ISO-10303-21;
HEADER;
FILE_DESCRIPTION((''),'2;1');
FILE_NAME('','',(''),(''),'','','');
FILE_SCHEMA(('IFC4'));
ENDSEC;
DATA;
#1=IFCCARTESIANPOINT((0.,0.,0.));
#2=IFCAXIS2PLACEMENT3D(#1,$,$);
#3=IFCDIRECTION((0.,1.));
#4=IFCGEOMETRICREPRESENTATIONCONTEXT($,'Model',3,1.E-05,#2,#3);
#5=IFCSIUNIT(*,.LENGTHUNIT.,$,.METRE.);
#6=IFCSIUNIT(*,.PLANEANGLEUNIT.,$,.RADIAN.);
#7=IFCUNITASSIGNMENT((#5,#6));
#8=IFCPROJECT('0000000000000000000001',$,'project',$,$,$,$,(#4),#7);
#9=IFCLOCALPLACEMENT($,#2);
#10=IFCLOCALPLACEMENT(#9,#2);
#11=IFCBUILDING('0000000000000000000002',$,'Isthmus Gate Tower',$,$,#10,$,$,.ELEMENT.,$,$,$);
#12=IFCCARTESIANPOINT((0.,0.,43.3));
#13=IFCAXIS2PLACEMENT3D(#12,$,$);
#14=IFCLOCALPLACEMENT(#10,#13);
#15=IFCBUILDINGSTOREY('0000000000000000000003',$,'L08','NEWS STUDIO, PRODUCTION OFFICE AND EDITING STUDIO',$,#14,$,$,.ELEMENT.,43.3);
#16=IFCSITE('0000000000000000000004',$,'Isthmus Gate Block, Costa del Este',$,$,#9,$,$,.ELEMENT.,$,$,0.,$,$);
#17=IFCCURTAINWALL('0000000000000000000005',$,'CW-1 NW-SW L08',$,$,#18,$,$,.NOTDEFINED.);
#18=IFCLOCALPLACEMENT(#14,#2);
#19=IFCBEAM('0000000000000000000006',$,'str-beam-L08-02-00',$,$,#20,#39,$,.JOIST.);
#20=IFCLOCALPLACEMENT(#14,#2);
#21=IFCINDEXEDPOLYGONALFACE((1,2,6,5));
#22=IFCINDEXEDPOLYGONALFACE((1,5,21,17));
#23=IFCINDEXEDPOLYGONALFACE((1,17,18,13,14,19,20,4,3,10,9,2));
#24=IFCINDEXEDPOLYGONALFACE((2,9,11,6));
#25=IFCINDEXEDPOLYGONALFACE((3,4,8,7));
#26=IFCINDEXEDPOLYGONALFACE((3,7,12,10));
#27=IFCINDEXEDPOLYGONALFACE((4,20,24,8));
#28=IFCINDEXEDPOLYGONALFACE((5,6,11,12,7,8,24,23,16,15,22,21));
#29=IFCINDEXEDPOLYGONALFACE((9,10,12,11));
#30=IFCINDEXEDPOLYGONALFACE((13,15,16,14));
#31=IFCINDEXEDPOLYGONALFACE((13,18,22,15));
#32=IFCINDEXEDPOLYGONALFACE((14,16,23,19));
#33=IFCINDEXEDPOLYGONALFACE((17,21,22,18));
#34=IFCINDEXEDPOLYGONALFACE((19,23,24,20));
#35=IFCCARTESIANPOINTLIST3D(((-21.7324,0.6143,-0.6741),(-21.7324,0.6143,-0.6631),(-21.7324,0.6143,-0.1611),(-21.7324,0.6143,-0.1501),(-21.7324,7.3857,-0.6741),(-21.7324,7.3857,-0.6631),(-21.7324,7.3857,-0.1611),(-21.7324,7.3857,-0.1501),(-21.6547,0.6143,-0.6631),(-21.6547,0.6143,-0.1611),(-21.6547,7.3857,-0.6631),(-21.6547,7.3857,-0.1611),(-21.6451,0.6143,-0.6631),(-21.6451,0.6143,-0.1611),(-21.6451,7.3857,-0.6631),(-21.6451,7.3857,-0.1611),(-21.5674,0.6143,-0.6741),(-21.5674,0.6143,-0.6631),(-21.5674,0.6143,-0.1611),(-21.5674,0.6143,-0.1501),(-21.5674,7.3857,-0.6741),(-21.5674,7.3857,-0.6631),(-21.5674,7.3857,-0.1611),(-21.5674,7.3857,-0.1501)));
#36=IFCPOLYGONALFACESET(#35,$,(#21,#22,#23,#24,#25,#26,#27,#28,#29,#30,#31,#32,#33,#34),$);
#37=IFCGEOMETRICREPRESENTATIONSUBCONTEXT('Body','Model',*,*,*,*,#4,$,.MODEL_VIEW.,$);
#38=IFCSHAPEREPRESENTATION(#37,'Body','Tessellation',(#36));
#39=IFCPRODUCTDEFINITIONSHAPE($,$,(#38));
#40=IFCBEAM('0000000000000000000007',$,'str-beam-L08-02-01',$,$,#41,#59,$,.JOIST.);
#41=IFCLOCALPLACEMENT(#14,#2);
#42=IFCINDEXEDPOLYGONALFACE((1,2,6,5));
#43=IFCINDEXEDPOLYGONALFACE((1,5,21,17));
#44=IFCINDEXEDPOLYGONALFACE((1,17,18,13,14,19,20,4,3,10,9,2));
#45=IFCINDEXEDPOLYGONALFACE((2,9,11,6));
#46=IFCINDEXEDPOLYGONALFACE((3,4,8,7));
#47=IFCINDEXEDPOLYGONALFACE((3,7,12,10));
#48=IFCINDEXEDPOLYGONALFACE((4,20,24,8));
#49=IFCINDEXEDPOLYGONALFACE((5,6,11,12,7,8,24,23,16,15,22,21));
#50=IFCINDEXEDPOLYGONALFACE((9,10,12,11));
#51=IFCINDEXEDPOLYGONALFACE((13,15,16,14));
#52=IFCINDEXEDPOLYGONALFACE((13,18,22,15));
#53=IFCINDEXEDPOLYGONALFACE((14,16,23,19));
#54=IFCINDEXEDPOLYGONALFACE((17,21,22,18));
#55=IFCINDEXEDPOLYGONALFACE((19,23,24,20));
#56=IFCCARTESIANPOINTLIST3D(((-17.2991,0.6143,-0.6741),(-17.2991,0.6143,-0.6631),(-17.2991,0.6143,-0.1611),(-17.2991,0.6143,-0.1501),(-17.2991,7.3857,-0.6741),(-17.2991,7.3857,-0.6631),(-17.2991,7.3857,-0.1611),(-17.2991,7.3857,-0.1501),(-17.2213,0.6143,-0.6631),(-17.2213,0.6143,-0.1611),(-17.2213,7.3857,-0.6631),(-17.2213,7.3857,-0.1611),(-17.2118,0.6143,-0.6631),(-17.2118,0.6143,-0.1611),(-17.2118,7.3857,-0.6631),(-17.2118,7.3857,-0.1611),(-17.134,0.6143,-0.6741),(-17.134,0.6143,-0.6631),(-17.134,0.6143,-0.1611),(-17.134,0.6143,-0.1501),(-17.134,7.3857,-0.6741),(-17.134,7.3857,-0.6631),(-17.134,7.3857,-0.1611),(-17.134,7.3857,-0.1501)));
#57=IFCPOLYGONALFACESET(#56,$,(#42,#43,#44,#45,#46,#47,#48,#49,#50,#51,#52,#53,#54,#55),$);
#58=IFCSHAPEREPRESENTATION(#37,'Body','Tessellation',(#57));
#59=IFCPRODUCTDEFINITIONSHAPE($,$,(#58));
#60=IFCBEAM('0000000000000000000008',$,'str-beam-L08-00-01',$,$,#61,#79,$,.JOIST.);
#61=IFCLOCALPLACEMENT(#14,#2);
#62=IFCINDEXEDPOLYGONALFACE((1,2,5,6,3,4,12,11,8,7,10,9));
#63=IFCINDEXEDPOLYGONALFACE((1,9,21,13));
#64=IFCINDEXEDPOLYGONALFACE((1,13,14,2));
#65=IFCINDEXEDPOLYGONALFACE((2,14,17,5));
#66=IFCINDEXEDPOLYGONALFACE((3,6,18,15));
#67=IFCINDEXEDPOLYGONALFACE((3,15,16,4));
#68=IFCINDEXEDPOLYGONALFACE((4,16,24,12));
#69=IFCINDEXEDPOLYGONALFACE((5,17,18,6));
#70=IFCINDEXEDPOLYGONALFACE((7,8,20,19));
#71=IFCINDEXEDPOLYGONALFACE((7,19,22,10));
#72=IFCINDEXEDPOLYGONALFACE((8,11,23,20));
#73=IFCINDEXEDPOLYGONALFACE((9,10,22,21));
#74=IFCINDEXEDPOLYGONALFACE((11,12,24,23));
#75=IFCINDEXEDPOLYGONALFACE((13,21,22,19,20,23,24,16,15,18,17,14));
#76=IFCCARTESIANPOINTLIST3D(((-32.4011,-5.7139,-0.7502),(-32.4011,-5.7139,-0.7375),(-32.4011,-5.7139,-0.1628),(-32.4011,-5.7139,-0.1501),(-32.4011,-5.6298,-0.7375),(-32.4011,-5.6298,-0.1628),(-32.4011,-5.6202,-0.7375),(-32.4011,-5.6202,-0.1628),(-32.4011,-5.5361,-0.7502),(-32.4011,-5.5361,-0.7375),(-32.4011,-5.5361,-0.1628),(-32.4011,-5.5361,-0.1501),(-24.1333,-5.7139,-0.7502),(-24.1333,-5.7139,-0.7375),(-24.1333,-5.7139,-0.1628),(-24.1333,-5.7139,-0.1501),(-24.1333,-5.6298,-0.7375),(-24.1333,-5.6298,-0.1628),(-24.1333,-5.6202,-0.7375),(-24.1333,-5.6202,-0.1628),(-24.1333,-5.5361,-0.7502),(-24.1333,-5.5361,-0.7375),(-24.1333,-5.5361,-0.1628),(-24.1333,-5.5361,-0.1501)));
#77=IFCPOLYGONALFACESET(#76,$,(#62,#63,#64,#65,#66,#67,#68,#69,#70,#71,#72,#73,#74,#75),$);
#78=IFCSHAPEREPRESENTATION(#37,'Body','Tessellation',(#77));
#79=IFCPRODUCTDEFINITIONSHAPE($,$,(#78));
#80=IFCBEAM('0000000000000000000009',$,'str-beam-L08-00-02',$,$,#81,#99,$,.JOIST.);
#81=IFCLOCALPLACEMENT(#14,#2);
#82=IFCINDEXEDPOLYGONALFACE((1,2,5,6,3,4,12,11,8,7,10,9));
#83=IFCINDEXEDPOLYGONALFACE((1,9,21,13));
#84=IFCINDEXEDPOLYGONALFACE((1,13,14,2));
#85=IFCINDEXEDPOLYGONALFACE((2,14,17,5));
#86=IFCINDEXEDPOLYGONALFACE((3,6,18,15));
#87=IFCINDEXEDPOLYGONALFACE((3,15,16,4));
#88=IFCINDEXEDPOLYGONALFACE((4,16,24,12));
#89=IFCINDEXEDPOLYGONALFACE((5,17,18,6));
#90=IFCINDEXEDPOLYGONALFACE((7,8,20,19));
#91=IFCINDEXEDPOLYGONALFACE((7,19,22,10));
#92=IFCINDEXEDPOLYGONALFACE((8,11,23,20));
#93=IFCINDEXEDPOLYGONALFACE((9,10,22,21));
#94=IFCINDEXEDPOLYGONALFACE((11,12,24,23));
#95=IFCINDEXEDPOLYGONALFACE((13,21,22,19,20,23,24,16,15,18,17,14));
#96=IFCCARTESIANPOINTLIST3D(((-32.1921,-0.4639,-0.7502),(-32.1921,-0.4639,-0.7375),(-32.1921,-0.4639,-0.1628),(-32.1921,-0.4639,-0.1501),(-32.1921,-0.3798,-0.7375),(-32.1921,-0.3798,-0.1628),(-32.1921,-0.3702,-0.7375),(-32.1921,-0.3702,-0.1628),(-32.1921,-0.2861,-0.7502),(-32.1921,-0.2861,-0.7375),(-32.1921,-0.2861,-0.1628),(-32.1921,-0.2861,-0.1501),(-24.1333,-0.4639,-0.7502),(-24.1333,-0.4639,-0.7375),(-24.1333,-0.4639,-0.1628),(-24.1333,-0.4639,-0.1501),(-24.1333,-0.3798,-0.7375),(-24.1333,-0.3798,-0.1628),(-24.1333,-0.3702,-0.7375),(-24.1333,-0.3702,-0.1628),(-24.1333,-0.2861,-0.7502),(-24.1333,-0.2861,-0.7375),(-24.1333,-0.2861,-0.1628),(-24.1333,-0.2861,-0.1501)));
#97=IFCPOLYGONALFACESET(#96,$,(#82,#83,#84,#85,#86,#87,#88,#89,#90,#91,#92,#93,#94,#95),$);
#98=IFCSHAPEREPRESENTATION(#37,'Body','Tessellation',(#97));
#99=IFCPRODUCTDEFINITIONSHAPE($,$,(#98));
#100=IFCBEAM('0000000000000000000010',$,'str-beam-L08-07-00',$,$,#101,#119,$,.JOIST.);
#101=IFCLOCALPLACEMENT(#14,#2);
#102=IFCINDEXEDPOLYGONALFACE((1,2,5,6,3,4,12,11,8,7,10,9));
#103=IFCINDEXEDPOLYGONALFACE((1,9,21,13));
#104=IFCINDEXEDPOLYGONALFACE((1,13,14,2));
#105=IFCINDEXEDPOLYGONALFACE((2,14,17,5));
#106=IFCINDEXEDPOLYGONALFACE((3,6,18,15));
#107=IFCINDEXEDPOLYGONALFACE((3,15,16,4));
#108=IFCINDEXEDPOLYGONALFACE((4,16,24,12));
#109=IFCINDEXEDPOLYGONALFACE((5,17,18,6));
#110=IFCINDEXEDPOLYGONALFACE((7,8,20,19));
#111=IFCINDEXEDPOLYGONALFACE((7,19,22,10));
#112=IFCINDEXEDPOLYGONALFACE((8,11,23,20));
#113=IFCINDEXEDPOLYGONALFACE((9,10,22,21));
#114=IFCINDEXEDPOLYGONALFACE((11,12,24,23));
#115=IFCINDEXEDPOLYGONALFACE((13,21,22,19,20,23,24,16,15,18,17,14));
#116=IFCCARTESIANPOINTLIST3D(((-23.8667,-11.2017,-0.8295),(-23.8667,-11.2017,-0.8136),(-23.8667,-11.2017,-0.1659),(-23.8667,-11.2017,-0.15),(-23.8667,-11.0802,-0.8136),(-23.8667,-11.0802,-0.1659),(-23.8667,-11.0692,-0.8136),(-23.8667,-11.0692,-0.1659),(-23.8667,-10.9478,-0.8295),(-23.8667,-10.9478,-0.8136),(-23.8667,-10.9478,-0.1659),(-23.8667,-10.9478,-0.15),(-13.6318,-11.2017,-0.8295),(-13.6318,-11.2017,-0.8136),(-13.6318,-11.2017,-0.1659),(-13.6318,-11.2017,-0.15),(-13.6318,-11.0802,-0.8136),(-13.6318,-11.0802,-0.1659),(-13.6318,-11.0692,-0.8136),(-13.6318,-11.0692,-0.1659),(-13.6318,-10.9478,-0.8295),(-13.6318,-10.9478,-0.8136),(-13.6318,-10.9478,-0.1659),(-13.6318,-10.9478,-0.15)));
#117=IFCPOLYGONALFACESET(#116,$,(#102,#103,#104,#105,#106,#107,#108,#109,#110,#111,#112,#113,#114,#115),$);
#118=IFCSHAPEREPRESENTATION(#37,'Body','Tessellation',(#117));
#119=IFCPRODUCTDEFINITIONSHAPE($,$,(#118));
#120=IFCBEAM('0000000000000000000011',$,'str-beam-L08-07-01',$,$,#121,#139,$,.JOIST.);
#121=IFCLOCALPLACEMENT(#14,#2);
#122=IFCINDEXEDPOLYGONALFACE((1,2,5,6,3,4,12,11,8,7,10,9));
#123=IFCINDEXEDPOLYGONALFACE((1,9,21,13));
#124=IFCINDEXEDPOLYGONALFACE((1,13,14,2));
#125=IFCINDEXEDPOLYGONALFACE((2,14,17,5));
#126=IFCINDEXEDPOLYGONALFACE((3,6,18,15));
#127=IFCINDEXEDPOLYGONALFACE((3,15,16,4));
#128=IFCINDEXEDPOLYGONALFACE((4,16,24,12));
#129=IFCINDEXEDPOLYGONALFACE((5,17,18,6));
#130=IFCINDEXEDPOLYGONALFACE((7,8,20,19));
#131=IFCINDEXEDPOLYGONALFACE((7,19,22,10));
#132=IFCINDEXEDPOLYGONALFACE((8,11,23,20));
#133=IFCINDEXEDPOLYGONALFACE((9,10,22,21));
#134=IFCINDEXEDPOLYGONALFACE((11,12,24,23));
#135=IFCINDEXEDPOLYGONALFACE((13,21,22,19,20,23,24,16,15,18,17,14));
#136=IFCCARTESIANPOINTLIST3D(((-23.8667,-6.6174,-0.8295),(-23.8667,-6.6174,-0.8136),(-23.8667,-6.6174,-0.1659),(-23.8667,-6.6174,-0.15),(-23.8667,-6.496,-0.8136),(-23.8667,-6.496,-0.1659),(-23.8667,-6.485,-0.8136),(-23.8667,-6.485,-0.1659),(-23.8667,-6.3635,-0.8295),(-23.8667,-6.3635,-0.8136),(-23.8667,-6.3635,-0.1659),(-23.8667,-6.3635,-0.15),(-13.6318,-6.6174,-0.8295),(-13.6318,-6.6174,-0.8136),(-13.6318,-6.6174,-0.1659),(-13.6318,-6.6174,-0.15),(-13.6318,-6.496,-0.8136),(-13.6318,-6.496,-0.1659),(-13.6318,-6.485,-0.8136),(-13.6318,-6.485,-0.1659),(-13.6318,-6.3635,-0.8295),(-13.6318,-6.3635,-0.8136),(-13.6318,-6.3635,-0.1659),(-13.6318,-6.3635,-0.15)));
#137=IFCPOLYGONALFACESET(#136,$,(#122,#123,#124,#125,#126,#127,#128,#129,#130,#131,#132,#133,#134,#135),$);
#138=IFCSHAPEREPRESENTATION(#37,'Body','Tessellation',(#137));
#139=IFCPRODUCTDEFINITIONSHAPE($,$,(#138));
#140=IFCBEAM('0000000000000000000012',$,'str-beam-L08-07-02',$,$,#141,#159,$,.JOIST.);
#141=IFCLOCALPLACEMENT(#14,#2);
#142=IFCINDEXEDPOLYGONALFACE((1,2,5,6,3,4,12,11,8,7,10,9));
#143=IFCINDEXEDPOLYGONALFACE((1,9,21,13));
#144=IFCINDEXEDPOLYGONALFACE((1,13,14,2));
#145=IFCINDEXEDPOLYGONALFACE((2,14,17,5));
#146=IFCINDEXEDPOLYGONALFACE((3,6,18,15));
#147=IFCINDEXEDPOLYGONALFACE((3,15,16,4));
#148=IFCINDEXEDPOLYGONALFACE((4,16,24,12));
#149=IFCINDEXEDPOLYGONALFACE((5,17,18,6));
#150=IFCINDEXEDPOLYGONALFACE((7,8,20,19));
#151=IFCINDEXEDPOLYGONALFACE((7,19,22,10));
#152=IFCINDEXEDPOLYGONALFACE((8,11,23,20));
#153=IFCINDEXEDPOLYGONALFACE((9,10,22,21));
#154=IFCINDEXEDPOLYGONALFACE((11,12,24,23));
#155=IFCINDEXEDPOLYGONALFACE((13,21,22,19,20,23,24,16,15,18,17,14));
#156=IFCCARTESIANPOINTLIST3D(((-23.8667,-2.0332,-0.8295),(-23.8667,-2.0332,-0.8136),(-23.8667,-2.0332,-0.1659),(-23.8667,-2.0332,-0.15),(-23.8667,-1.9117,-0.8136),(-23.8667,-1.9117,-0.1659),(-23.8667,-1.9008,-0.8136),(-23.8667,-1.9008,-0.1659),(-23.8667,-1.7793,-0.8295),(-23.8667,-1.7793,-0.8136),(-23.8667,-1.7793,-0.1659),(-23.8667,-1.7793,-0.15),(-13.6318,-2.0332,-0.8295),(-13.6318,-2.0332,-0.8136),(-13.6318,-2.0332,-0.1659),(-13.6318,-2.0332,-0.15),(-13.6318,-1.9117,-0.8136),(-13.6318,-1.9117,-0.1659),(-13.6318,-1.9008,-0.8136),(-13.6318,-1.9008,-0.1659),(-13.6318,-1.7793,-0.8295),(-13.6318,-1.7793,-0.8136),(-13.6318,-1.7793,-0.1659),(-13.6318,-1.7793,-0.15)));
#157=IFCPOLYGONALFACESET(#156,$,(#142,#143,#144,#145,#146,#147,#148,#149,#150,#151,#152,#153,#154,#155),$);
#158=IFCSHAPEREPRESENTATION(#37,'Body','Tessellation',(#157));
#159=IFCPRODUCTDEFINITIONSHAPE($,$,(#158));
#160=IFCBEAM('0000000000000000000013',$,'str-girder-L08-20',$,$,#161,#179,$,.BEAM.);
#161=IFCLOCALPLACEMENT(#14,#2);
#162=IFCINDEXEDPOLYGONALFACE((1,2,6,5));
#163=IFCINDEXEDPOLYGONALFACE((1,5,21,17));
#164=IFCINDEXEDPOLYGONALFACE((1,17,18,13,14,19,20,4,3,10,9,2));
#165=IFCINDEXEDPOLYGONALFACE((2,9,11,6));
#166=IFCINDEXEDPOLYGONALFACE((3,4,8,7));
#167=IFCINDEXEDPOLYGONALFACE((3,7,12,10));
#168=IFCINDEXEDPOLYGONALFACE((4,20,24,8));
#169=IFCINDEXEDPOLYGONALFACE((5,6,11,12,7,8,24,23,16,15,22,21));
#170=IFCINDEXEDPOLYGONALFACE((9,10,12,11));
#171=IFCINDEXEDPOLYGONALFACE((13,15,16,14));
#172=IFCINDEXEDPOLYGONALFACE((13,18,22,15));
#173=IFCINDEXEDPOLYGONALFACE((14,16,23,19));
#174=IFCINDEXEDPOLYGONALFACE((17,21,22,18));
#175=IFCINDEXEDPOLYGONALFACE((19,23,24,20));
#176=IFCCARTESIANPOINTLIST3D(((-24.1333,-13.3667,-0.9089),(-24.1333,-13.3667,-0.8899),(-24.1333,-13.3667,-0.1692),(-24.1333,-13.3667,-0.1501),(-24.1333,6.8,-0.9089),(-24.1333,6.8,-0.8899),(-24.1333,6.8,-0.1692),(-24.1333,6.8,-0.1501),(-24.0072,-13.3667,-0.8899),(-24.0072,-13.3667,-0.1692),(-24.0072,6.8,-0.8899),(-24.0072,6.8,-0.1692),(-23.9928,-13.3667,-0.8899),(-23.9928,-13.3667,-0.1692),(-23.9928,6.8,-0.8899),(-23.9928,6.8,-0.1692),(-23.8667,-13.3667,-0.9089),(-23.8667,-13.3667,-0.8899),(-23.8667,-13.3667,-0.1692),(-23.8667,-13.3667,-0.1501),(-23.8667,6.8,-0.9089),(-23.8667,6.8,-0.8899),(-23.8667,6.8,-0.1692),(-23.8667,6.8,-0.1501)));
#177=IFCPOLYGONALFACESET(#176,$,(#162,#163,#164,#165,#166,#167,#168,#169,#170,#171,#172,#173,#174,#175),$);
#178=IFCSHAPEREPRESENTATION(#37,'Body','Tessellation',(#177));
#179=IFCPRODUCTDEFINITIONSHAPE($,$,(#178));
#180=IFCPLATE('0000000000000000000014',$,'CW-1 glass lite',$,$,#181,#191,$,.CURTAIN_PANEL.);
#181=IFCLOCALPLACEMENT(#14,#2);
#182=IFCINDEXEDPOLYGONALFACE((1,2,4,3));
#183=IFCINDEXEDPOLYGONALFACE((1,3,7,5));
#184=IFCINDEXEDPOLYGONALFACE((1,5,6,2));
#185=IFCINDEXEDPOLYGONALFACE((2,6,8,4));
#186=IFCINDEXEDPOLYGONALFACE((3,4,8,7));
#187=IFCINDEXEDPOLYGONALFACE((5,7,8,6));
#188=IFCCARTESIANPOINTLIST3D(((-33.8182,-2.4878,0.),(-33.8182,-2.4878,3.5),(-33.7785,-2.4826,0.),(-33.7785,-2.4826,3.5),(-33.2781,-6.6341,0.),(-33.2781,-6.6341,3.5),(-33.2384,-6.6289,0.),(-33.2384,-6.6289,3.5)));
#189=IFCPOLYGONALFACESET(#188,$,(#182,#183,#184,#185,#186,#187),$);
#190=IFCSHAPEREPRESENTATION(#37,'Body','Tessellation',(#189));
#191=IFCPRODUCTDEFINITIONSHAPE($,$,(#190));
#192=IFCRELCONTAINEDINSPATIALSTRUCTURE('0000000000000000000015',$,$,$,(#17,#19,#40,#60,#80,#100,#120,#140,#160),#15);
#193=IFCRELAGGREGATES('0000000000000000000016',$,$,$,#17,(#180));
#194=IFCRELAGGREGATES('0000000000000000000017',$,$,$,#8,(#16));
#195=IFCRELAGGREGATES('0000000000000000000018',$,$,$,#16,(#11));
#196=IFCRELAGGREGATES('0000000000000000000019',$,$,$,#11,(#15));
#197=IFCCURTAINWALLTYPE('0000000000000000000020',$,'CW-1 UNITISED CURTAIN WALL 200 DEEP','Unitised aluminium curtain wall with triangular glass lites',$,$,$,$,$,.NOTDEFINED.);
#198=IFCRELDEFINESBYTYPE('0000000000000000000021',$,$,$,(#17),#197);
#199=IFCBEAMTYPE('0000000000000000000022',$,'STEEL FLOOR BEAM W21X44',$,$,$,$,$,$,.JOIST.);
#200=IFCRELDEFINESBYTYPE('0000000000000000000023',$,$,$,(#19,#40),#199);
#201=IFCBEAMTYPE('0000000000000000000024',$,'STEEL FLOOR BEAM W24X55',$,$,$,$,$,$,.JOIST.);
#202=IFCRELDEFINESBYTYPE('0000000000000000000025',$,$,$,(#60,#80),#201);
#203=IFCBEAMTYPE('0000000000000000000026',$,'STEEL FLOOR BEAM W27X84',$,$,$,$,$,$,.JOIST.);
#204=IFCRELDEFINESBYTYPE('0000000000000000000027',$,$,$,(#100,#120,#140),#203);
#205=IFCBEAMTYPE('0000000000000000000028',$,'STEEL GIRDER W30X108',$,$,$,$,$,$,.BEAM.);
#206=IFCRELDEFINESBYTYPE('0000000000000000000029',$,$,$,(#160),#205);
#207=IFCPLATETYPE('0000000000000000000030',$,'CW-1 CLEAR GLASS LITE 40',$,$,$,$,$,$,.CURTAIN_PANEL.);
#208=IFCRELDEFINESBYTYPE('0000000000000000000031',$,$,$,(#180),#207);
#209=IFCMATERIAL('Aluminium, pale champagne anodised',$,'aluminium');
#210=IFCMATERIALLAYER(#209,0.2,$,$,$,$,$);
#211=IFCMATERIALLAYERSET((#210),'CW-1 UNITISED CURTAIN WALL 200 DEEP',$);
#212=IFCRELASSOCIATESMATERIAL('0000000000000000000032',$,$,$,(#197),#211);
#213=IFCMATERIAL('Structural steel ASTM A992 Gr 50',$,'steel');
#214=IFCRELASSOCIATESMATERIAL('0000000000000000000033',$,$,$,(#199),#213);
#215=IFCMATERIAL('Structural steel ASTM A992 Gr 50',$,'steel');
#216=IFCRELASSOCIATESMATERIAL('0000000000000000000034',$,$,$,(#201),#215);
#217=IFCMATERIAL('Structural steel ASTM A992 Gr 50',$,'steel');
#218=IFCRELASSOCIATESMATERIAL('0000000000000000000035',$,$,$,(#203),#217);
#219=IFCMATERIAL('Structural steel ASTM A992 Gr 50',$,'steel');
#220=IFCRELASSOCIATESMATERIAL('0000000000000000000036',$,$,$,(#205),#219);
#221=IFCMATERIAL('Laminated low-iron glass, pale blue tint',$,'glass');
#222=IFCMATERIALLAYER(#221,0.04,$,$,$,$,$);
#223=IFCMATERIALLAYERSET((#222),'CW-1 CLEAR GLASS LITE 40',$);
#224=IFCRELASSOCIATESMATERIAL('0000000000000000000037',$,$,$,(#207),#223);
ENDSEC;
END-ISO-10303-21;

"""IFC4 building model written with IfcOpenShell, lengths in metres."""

from ifc_helpers import new_model, si_unit, direction, frame, origin, origin_2d, place, context, subcontext, project, spatial, rectangle, i_section, extrude, material, layer, layer_set, material_profile, profile_set, type_object, element, aggregate, save


model = new_model("IFC4")

# Units and contexts
model_context = context("Model", 3, precision=1e-05, world=origin(), true_north=direction((0.0, 1.0)))
body_context = subcontext(model_context, "Body", "Model", "MODEL_VIEW")
ifc_project = project(units=[si_unit("LENGTHUNIT", "METRE"), si_unit("PLANEANGLEUNIT", "RADIAN")], contexts=[model_context])

# Site, building, storey
site_placement = place(None, origin())
site = spatial("IfcSite", under=ifc_project, at=site_placement, Name="Isthmus Gate Block, Costa del Este", CompositionType="ELEMENT", RefElevation=0.0)
building_placement = place(site_placement, origin())
building = spatial("IfcBuilding", under=site, at=building_placement, Name="Isthmus Gate Tower", CompositionType="ELEMENT")
storey_placement = place(building_placement, frame((0.0, 0.0, 43.3)))
storey = spatial("IfcBuildingStorey", under=building, at=storey_placement, Name="L08", Description="NEWS STUDIO, PRODUCTION OFFICE AND EDITING STUDIO", CompositionType="ELEMENT", Elevation=43.3)

# Curtain wall
ifc_material_1 = material(Name="Aluminium, pale champagne anodised", Category="aluminium")
ifc_layer_1 = layer(ifc_material_1, 0.2)
ifc_layer_set_1 = layer_set([ifc_layer_1], Name="CW-1 UNITISED CURTAIN WALL 200 DEEP")
curtain_wall_type = type_object("IfcCurtainWallType", Name="CW-1 UNITISED CURTAIN WALL 200 DEEP", Description="Unitised aluminium curtain wall with triangular glass lites", PredefinedType="NOTDEFINED", material=ifc_layer_set_1)
curtain_wall_1_placement = place(storey_placement, origin())
curtain_wall_1 = element("IfcCurtainWall", 1, at=curtain_wall_1_placement, inside=storey, type_object=curtain_wall_type, Name="CW-1 NW-SW L08", PredefinedType="NOTDEFINED")

# Beams
ifc_material_2 = material(Name="Structural steel ASTM A992 Gr 50", Category="steel")
ifc_material_profile_1 = material_profile(ifc_material_2, i_section(OverallWidth=0.165, OverallDepth=0.5239, WebThickness=0.0095, FlangeThickness=0.011, at=origin_2d()), Name="W21X44")
ifc_profile_set_1 = profile_set([ifc_material_profile_1], Name="Structural steel ASTM A992 Gr 50")
beam_type_1 = type_object("IfcBeamType", Name="STEEL FLOOR BEAM W21X44", PredefinedType="JOIST", material=ifc_profile_set_1)
for number, where, z_axis, x_axis, name in (
    (2, (-21.6499, 0.6143, -0.4121), (0.0, 1.0, 0.0), (-1.0, 0.0, 0.0), "str-beam-L08-02-00"),
    (3, (-17.2166, 0.6143, -0.4121), (0.0, 1.0, 0.0), (-1.0, 0.0, 0.0), "str-beam-L08-02-01"),
):
    element("IfcBeam", number, at=place(storey_placement, frame(where, z_axis=z_axis, x_axis=x_axis)), inside=storey, type_object=beam_type_1, Name=name, PredefinedType="JOIST", context=body_context, shape_type="SweptSolid", body=[
        extrude(i_section(OverallWidth=0.165, OverallDepth=0.5239, WebThickness=0.0095, FlangeThickness=0.011, at=origin_2d()), origin(), (0.0, 0.0, 1.0), 6.7715),
    ])
ifc_material_3 = material(Name="Structural steel ASTM A992 Gr 50", Category="steel")
ifc_material_profile_2 = material_profile(ifc_material_3, i_section(OverallWidth=0.1777, OverallDepth=0.6001, WebThickness=0.0095, FlangeThickness=0.0127, at=origin_2d()), Name="W24X55")
ifc_profile_set_2 = profile_set([ifc_material_profile_2], Name="Structural steel ASTM A992 Gr 50")
beam_type_2 = type_object("IfcBeamType", Name="STEEL FLOOR BEAM W24X55", PredefinedType="JOIST", material=ifc_profile_set_2)
beam_1_placement = place(storey_placement, frame((-32.4011, -5.625, -0.4502), z_axis=(1.0, 0.0, 0.0), x_axis=(0.0, 1.0, 0.0)))
element("IfcBeam", 4, at=beam_1_placement, inside=storey, type_object=beam_type_2, Name="str-beam-L08-00-01", PredefinedType="JOIST", context=body_context, shape_type="SweptSolid", body=[
    extrude(i_section(OverallWidth=0.1777, OverallDepth=0.6001, WebThickness=0.0095, FlangeThickness=0.0127, at=origin_2d()), origin(), (0.0, 0.0, 1.0), 8.2678),
])
beam_2_placement = place(storey_placement, frame((-32.1921, -0.375, -0.4502), z_axis=(1.0, 0.0, 0.0), x_axis=(0.0, 1.0, 0.0)))
element("IfcBeam", 5, at=beam_2_placement, inside=storey, type_object=beam_type_2, Name="str-beam-L08-00-02", PredefinedType="JOIST", context=body_context, shape_type="SweptSolid", body=[
    extrude(i_section(OverallWidth=0.1777, OverallDepth=0.6001, WebThickness=0.0095, FlangeThickness=0.0127, at=origin_2d()), origin(), (0.0, 0.0, 1.0), 8.0588),
])
ifc_material_4 = material(Name="Structural steel ASTM A992 Gr 50", Category="steel")
ifc_material_profile_3 = material_profile(ifc_material_4, i_section(OverallWidth=0.2539, OverallDepth=0.6794, WebThickness=0.011, FlangeThickness=0.0159, at=origin_2d()), Name="W27X84")
ifc_profile_set_3 = profile_set([ifc_material_profile_3], Name="Structural steel ASTM A992 Gr 50")
beam_type_3 = type_object("IfcBeamType", Name="STEEL FLOOR BEAM W27X84", PredefinedType="JOIST", material=ifc_profile_set_3)
for number, where, z_axis, x_axis, name in (
    (6, (-23.8667, -11.0747, -0.4897), (1.0, 0.0, 0.0), (0.0, 1.0, 0.0), "str-beam-L08-07-00"),
    (7, (-23.8667, -6.4905, -0.4897), (1.0, 0.0, 0.0), (0.0, 1.0, 0.0), "str-beam-L08-07-01"),
    (8, (-23.8667, -1.9062, -0.4897), (1.0, 0.0, 0.0), (0.0, 1.0, 0.0), "str-beam-L08-07-02"),
):
    element("IfcBeam", number, at=place(storey_placement, frame(where, z_axis=z_axis, x_axis=x_axis)), inside=storey, type_object=beam_type_3, Name=name, PredefinedType="JOIST", context=body_context, shape_type="SweptSolid", body=[
        extrude(i_section(OverallWidth=0.2539, OverallDepth=0.6794, WebThickness=0.011, FlangeThickness=0.0159, at=origin_2d()), origin(), (0.0, 0.0, 1.0), 10.2349),
    ])
ifc_material_5 = material(Name="Structural steel ASTM A992 Gr 50", Category="steel")
ifc_material_profile_4 = material_profile(ifc_material_5, i_section(OverallWidth=0.2666, OverallDepth=0.7588, WebThickness=0.0144, FlangeThickness=0.019, at=origin_2d()), Name="W30X108")
ifc_profile_set_4 = profile_set([ifc_material_profile_4], Name="Structural steel ASTM A992 Gr 50")
beam_type_4 = type_object("IfcBeamType", Name="STEEL GIRDER W30X108", PredefinedType="BEAM", material=ifc_profile_set_4)
beam_3_placement = place(storey_placement, frame((-24.0, -13.3667, -0.5295), z_axis=(0.0, 1.0, 0.0), x_axis=(-1.0, 0.0, 0.0)))
element("IfcBeam", 9, at=beam_3_placement, inside=storey, type_object=beam_type_4, Name="str-girder-L08-20", PredefinedType="BEAM", context=body_context, shape_type="SweptSolid", body=[
    extrude(i_section(OverallWidth=0.2666, OverallDepth=0.7588, WebThickness=0.0144, FlangeThickness=0.019, at=origin_2d()), origin(), (0.0, 0.0, 1.0), 20.1667),
])

# Plate
ifc_material_6 = material(Name="Laminated low-iron glass, pale blue tint", Category="glass")
ifc_layer_2 = layer(ifc_material_6, 0.04)
ifc_layer_set_2 = layer_set([ifc_layer_2], Name="CW-1 CLEAR GLASS LITE 40")
plate_type = type_object("IfcPlateType", Name="CW-1 CLEAR GLASS LITE 40", PredefinedType="CURTAIN_PANEL", material=ifc_layer_set_2)
plate_1_placement = place(storey_placement, frame((-33.5283, -4.5583, 0.0), z_axis=(0.0, 0.0, 1.0), x_axis=(0.129165, -0.991623, 0.0)))
plate_1 = element("IfcPlate", 10, at=plate_1_placement, type_object=plate_type, Name="CW-1 glass lite", PredefinedType="CURTAIN_PANEL", context=body_context, shape_type="SweptSolid", body=[
    extrude(rectangle(XDim=4.1814, YDim=0.04, at=origin_2d()), origin(), (0.0, 0.0, 1.0), 3.5),
])
aggregate(curtain_wall_1, [plate_1])

save(model, "model.ifc")
